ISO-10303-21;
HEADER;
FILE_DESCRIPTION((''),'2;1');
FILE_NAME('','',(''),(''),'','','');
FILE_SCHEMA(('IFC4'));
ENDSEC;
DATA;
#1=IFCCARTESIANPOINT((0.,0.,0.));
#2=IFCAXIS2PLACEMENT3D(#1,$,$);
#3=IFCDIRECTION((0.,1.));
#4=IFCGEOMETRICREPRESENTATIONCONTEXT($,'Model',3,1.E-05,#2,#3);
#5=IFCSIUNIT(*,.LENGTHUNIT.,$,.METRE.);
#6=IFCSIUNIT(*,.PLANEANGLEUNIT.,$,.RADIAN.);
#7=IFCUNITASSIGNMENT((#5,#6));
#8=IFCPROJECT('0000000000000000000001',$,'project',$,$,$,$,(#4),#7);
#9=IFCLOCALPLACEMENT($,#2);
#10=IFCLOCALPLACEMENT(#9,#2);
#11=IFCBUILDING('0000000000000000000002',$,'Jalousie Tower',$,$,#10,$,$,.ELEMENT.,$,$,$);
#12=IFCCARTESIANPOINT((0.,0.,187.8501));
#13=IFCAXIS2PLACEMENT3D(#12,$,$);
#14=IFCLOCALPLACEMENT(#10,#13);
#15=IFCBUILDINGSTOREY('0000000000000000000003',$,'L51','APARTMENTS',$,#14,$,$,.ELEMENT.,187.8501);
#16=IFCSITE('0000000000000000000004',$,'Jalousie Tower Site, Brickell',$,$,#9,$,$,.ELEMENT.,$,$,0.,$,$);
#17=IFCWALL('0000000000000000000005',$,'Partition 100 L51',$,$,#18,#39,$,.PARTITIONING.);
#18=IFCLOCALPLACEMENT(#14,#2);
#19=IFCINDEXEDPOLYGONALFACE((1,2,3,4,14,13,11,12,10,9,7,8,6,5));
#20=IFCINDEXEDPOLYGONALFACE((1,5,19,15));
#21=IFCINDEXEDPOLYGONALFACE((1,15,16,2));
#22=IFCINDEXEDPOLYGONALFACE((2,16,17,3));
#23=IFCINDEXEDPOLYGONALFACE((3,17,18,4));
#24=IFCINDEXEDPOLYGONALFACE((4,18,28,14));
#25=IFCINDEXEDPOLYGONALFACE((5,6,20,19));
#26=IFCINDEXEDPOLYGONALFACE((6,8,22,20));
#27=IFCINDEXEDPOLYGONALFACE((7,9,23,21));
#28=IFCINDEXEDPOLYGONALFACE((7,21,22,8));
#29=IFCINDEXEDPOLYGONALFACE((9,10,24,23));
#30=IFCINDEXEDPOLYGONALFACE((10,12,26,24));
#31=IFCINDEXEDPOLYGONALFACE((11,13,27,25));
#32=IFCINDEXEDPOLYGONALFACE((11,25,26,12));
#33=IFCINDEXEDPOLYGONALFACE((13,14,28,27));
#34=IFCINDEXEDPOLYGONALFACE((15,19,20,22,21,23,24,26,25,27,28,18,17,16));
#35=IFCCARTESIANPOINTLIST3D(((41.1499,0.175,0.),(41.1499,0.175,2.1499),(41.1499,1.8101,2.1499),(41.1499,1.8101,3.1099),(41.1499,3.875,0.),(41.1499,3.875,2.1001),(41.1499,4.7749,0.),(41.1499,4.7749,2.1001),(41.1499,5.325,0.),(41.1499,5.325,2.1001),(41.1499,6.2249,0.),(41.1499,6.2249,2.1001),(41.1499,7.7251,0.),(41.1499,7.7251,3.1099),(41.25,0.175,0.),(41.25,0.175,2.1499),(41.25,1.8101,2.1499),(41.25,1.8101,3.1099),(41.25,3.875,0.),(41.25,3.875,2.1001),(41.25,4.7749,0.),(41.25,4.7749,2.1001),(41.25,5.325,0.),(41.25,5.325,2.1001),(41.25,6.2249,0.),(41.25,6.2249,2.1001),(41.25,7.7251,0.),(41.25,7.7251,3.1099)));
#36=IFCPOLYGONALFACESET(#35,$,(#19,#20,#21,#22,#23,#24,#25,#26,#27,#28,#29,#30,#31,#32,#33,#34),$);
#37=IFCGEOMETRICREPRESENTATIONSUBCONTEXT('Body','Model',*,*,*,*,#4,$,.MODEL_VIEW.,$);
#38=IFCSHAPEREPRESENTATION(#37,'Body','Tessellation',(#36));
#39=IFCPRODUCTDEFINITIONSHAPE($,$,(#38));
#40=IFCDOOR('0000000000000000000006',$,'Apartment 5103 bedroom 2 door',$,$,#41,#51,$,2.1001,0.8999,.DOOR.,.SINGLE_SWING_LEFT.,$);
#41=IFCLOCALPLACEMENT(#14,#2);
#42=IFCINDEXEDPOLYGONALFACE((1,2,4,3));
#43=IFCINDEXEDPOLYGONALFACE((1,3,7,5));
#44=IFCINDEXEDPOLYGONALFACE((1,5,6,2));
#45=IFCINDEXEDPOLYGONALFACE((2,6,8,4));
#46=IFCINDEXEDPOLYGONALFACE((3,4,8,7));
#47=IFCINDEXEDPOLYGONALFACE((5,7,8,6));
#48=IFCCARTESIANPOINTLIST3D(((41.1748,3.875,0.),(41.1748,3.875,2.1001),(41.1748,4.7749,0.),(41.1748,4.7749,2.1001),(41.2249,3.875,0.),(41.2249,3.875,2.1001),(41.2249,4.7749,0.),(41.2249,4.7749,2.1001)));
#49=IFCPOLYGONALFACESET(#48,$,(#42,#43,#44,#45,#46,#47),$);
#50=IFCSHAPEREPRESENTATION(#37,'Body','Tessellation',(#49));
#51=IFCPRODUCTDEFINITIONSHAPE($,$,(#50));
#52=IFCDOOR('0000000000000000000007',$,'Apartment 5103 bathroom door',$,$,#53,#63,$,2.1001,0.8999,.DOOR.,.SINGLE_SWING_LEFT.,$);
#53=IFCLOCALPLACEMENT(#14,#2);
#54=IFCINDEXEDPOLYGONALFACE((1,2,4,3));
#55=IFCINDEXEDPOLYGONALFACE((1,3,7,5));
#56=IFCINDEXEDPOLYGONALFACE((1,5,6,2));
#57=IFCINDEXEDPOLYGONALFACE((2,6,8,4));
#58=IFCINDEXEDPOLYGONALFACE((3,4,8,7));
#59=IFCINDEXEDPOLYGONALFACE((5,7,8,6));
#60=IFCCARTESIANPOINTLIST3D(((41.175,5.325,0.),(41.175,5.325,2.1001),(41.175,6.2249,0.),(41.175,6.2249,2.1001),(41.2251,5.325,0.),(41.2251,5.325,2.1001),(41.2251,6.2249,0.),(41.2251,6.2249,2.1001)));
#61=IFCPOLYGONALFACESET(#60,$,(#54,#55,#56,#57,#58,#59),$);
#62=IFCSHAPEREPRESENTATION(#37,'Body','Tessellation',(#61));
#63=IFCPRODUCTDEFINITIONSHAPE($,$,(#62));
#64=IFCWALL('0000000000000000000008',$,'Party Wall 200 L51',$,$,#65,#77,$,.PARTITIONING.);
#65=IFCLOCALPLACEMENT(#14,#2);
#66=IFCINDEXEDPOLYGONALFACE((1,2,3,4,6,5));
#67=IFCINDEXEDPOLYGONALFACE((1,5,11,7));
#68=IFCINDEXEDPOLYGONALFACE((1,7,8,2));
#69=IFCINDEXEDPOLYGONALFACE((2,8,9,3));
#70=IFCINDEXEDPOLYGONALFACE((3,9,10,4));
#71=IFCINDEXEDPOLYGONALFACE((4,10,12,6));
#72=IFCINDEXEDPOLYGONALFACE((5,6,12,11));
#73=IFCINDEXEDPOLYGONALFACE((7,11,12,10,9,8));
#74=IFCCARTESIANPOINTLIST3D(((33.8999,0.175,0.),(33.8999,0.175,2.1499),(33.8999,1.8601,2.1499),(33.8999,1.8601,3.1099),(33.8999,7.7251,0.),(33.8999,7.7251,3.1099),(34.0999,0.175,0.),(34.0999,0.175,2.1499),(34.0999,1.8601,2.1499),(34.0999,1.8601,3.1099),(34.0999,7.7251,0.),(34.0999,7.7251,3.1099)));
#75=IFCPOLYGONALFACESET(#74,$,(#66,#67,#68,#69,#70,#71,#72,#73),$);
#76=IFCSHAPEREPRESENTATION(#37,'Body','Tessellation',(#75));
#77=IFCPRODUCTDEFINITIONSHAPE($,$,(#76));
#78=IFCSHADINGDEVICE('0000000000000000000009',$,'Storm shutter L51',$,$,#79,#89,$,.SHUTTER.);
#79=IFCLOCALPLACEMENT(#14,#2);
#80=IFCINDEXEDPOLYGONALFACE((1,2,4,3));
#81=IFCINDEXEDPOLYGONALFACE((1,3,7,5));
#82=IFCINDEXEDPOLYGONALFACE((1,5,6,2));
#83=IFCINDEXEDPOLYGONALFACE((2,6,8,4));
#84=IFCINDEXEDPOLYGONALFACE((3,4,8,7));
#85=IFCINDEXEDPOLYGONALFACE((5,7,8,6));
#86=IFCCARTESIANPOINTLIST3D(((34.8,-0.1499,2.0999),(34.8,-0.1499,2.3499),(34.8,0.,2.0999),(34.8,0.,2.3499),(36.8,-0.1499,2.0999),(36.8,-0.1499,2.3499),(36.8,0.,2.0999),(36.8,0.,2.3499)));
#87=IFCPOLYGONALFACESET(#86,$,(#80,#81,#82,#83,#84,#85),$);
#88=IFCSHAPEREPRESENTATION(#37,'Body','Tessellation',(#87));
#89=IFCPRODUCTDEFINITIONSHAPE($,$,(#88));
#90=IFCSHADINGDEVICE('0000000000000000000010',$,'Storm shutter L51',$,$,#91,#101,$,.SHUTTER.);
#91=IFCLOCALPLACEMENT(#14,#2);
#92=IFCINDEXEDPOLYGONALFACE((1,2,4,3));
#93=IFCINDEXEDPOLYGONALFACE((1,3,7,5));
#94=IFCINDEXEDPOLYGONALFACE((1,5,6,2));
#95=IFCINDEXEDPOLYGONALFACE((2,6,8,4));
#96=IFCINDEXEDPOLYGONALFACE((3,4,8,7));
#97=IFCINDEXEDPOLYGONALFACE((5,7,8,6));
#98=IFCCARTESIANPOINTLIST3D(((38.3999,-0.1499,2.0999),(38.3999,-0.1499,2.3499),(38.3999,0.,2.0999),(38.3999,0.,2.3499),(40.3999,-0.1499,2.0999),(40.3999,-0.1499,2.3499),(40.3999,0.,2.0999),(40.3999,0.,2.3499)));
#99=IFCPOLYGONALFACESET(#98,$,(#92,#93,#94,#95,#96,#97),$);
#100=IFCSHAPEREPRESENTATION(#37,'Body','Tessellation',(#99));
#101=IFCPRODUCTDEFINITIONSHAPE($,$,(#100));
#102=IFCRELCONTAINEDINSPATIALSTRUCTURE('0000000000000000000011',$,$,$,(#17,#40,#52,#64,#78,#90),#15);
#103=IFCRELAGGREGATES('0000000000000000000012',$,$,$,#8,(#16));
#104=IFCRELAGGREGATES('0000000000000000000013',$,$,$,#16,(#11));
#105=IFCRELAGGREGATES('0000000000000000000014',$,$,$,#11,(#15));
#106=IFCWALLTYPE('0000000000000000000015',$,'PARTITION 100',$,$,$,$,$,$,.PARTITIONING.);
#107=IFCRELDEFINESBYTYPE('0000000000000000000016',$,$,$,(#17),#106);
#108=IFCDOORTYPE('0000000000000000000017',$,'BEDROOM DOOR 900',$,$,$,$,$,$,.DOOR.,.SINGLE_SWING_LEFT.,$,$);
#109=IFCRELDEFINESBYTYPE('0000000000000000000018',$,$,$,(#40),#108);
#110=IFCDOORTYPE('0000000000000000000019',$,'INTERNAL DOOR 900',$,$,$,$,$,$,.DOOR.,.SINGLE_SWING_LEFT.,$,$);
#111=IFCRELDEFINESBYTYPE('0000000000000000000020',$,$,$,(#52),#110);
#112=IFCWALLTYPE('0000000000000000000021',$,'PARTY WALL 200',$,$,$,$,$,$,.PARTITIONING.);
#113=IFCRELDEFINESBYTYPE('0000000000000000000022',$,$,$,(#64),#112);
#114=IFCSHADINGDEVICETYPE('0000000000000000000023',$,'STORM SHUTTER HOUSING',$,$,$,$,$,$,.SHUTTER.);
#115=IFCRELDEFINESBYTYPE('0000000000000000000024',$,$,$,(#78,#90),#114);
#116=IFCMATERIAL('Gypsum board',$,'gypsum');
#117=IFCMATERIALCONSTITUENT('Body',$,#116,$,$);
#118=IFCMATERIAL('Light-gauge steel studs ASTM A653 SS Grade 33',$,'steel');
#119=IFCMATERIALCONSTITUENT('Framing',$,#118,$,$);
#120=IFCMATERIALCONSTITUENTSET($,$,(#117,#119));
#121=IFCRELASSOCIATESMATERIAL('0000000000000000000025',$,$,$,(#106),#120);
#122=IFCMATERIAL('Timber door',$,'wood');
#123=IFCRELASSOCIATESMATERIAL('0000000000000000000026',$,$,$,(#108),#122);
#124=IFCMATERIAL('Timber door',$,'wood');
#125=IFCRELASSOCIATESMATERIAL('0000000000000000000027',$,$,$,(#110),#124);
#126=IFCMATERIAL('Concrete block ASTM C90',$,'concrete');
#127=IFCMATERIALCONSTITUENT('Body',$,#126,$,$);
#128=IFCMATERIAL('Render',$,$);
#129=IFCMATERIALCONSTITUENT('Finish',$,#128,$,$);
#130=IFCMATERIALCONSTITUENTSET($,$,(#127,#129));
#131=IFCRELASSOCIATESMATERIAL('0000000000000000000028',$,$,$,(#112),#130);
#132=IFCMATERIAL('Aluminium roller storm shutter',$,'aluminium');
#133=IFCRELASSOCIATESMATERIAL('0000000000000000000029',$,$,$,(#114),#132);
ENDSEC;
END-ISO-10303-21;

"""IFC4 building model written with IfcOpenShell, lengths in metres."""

from ifc_helpers import new_model, si_unit, direction, frame, frame_2d, origin, origin_2d, place, context, subcontext, project, spatial, polyline, rectangle, outline, extrude, material, constituent, constituent_set, type_object, element, fill, save


model = new_model("IFC4")

# Units and contexts
model_context = context("Model", 3, precision=1e-05, world=origin(), true_north=direction((0.0, 1.0)))
body_context = subcontext(model_context, "Body", "Model", "MODEL_VIEW")
ifc_project = project(units=[si_unit("LENGTHUNIT", "METRE"), si_unit("PLANEANGLEUNIT", "RADIAN")], contexts=[model_context])

# Site, building, storey
site_placement = place(None, origin())
site = spatial("IfcSite", under=ifc_project, at=site_placement, Name="Jalousie Tower Site, Brickell", CompositionType="ELEMENT", RefElevation=0.0)
building_placement = place(site_placement, origin())
building = spatial("IfcBuilding", under=site, at=building_placement, Name="Jalousie Tower", CompositionType="ELEMENT")
storey_placement = place(building_placement, frame((0.0, 0.0, 187.8501)))
storey = spatial("IfcBuildingStorey", under=building, at=storey_placement, Name="L51", Description="APARTMENTS", CompositionType="ELEMENT", Elevation=187.8501)

# Shared definitions
ifc_material_1 = material(Name="Gypsum board", Category="gypsum")
ifc_constituent_1 = constituent(ifc_material_1, Name="Body")
ifc_material_2 = material(Name="Light-gauge steel studs ASTM A653 SS Grade 33", Category="steel")
ifc_constituent_2 = constituent(ifc_material_2, Name="Framing")
ifc_constituent_set_1 = constituent_set(constituents=[ifc_constituent_1, ifc_constituent_2])
wall_type_1 = type_object("IfcWallType", Name="PARTITION 100", PredefinedType="PARTITIONING", material=ifc_constituent_set_1)
ifc_material_3 = material(Name="Timber door", Category="wood")
door_type_1 = type_object("IfcDoorType", Name="BEDROOM DOOR 900", OperationType="SINGLE_SWING_LEFT", PredefinedType="DOOR", material=ifc_material_3)

# Wall, openings, doors
wall_1_placement = place(storey_placement, frame((41.2, 0.175, 0.0), z_axis=(0.0, 0.0, 1.0), x_axis=(0.0, 1.0, 0.0)))
wall_1 = element("IfcWall", 1, at=wall_1_placement, inside=storey, type_object=wall_type_1, Name="Partition 100 L51", PredefinedType="PARTITIONING", context=body_context, shape_type="SweptSolid", body=[
    extrude(outline(polyline([(0.0, 0.0), (7.55, 0.0), (7.55, 3.1099), (1.635, 3.1099), (1.635, 2.1499), (0.0, 2.1499), (0.0, 3.1099), (0.0, 0.0)])), frame((0.0, 0.05, 0.0), z_axis=(0.0, -1.0, 0.0), x_axis=(1.0, 0.0, 0.0)), (0.0, 0.0, 1.0), 0.1001),
])
opening_1_placement = place(wall_1_placement, frame((3.7, 0.0, 0.0)))
opening_1 = element("IfcOpeningElement", 2, at=opening_1_placement, cuts=wall_1, PredefinedType="OPENING", context=body_context, shape_type="SweptSolid", body=[
    extrude(rectangle(XDim=0.8999, YDim=2.1001, at=frame_2d((0.45, 1.05))), frame((0.0, 0.0601, 0.0), z_axis=(0.0, -1.0, 0.0), x_axis=(1.0, 0.0, 0.0)), (0.0, 0.0, 1.0), 0.1201),
])
opening_2_placement = place(wall_1_placement, frame((5.1499, 0.0, 0.0)))
opening_2 = element("IfcOpeningElement", 3, at=opening_2_placement, cuts=wall_1, PredefinedType="OPENING", context=body_context, shape_type="SweptSolid", body=[
    extrude(rectangle(XDim=0.8999, YDim=2.1001, at=frame_2d((0.45, 1.05))), frame((0.0, 0.0601, 0.0), z_axis=(0.0, -1.0, 0.0), x_axis=(1.0, 0.0, 0.0)), (0.0, 0.0, 1.0), 0.1201),
])
door_1_placement = place(opening_1_placement, frame((0.8999, 0.0, 0.0), z_axis=(0.0, 0.0, 1.0), x_axis=(-1.0, 0.0, 0.0)))
door_1 = element("IfcDoor", 4, at=door_1_placement, inside=storey, type_object=door_type_1, Name="Apartment 5103 bedroom 2 door", OperationType="SINGLE_SWING_LEFT", OverallHeight=2.1001, OverallWidth=0.8999, PredefinedType="DOOR", context=body_context, shape_type="SweptSolid", body=[
    extrude(rectangle(XDim=0.8999, YDim=2.1001, at=frame_2d((0.45, 1.05))), frame((0.0, 0.0249, 0.0), z_axis=(0.0, -1.0, 0.0), x_axis=(1.0, 0.0, 0.0)), (0.0, 0.0, 1.0), 0.05),
])
fill(opening_1, door_1)
ifc_material_4 = material(Name="Timber door", Category="wood")
door_type_2 = type_object("IfcDoorType", Name="INTERNAL DOOR 900", OperationType="SINGLE_SWING_LEFT", PredefinedType="DOOR", material=ifc_material_4)
door_2_placement = place(opening_2_placement, origin())
door_2 = element("IfcDoor", 5, at=door_2_placement, inside=storey, type_object=door_type_2, Name="Apartment 5103 bathroom door", OperationType="SINGLE_SWING_LEFT", OverallHeight=2.1001, OverallWidth=0.8999, PredefinedType="DOOR", context=body_context, shape_type="SweptSolid", body=[
    extrude(rectangle(XDim=0.8999, YDim=2.1001, at=frame_2d((0.45, 1.05))), frame((0.0, 0.0249, 0.0), z_axis=(0.0, -1.0, 0.0), x_axis=(1.0, 0.0, 0.0)), (0.0, 0.0, 1.0), 0.05),
])
fill(opening_2, door_2)

# Wall
ifc_material_5 = material(Name="Concrete block ASTM C90", Category="concrete")
ifc_constituent_3 = constituent(ifc_material_5, Name="Body")
ifc_material_6 = material(Name="Render")
ifc_constituent_4 = constituent(ifc_material_6, Name="Finish")
ifc_constituent_set_2 = constituent_set(constituents=[ifc_constituent_3, ifc_constituent_4])
wall_type_2 = type_object("IfcWallType", Name="PARTY WALL 200", PredefinedType="PARTITIONING", material=ifc_constituent_set_2)
wall_2_placement = place(storey_placement, frame((34.0, 0.175, 0.0), z_axis=(0.0, 0.0, 1.0), x_axis=(0.0, 1.0, 0.0)))
element("IfcWall", 6, at=wall_2_placement, inside=storey, type_object=wall_type_2, Name="Party Wall 200 L51", PredefinedType="PARTITIONING", context=body_context, shape_type="SweptSolid", body=[
    extrude(outline(polyline([(0.0, 0.0), (7.55, 0.0), (7.55, 3.1099), (1.6851, 3.1099), (1.6851, 2.1499), (0.0, 2.1499), (0.0, 3.1099), (0.0, 0.0)])), frame((0.0, 0.1001, 0.0), z_axis=(0.0, -1.0, 0.0), x_axis=(1.0, 0.0, 0.0)), (0.0, 0.0, 1.0), 0.2),
])

# Shading devices
ifc_material_7 = material(Name="Aluminium roller storm shutter", Category="aluminium")
shading_device_type = type_object("IfcShadingDeviceType", Name="STORM SHUTTER HOUSING", PredefinedType="SHUTTER", material=ifc_material_7)
for number, where, z_axis, x_axis, name in (
    (7, (35.8, -0.075, 2.0999), (0.0, 0.0, 1.0), (1.0, 0.0, 0.0), "Storm shutter L51"),
    (8, (39.3999, -0.075, 2.0999), (0.0, 0.0, 1.0), (1.0, 0.0, 0.0), "Storm shutter L51"),
):
    element("IfcShadingDevice", number, at=place(storey_placement, frame(where, z_axis=z_axis, x_axis=x_axis)), inside=storey, type_object=shading_device_type, Name=name, PredefinedType="SHUTTER", context=body_context, shape_type="SweptSolid", body=[
        extrude(rectangle(XDim=2.0, YDim=0.1499, at=origin_2d()), origin(), (0.0, 0.0, 1.0), 0.25),
    ])

save(model, "model.ifc")
